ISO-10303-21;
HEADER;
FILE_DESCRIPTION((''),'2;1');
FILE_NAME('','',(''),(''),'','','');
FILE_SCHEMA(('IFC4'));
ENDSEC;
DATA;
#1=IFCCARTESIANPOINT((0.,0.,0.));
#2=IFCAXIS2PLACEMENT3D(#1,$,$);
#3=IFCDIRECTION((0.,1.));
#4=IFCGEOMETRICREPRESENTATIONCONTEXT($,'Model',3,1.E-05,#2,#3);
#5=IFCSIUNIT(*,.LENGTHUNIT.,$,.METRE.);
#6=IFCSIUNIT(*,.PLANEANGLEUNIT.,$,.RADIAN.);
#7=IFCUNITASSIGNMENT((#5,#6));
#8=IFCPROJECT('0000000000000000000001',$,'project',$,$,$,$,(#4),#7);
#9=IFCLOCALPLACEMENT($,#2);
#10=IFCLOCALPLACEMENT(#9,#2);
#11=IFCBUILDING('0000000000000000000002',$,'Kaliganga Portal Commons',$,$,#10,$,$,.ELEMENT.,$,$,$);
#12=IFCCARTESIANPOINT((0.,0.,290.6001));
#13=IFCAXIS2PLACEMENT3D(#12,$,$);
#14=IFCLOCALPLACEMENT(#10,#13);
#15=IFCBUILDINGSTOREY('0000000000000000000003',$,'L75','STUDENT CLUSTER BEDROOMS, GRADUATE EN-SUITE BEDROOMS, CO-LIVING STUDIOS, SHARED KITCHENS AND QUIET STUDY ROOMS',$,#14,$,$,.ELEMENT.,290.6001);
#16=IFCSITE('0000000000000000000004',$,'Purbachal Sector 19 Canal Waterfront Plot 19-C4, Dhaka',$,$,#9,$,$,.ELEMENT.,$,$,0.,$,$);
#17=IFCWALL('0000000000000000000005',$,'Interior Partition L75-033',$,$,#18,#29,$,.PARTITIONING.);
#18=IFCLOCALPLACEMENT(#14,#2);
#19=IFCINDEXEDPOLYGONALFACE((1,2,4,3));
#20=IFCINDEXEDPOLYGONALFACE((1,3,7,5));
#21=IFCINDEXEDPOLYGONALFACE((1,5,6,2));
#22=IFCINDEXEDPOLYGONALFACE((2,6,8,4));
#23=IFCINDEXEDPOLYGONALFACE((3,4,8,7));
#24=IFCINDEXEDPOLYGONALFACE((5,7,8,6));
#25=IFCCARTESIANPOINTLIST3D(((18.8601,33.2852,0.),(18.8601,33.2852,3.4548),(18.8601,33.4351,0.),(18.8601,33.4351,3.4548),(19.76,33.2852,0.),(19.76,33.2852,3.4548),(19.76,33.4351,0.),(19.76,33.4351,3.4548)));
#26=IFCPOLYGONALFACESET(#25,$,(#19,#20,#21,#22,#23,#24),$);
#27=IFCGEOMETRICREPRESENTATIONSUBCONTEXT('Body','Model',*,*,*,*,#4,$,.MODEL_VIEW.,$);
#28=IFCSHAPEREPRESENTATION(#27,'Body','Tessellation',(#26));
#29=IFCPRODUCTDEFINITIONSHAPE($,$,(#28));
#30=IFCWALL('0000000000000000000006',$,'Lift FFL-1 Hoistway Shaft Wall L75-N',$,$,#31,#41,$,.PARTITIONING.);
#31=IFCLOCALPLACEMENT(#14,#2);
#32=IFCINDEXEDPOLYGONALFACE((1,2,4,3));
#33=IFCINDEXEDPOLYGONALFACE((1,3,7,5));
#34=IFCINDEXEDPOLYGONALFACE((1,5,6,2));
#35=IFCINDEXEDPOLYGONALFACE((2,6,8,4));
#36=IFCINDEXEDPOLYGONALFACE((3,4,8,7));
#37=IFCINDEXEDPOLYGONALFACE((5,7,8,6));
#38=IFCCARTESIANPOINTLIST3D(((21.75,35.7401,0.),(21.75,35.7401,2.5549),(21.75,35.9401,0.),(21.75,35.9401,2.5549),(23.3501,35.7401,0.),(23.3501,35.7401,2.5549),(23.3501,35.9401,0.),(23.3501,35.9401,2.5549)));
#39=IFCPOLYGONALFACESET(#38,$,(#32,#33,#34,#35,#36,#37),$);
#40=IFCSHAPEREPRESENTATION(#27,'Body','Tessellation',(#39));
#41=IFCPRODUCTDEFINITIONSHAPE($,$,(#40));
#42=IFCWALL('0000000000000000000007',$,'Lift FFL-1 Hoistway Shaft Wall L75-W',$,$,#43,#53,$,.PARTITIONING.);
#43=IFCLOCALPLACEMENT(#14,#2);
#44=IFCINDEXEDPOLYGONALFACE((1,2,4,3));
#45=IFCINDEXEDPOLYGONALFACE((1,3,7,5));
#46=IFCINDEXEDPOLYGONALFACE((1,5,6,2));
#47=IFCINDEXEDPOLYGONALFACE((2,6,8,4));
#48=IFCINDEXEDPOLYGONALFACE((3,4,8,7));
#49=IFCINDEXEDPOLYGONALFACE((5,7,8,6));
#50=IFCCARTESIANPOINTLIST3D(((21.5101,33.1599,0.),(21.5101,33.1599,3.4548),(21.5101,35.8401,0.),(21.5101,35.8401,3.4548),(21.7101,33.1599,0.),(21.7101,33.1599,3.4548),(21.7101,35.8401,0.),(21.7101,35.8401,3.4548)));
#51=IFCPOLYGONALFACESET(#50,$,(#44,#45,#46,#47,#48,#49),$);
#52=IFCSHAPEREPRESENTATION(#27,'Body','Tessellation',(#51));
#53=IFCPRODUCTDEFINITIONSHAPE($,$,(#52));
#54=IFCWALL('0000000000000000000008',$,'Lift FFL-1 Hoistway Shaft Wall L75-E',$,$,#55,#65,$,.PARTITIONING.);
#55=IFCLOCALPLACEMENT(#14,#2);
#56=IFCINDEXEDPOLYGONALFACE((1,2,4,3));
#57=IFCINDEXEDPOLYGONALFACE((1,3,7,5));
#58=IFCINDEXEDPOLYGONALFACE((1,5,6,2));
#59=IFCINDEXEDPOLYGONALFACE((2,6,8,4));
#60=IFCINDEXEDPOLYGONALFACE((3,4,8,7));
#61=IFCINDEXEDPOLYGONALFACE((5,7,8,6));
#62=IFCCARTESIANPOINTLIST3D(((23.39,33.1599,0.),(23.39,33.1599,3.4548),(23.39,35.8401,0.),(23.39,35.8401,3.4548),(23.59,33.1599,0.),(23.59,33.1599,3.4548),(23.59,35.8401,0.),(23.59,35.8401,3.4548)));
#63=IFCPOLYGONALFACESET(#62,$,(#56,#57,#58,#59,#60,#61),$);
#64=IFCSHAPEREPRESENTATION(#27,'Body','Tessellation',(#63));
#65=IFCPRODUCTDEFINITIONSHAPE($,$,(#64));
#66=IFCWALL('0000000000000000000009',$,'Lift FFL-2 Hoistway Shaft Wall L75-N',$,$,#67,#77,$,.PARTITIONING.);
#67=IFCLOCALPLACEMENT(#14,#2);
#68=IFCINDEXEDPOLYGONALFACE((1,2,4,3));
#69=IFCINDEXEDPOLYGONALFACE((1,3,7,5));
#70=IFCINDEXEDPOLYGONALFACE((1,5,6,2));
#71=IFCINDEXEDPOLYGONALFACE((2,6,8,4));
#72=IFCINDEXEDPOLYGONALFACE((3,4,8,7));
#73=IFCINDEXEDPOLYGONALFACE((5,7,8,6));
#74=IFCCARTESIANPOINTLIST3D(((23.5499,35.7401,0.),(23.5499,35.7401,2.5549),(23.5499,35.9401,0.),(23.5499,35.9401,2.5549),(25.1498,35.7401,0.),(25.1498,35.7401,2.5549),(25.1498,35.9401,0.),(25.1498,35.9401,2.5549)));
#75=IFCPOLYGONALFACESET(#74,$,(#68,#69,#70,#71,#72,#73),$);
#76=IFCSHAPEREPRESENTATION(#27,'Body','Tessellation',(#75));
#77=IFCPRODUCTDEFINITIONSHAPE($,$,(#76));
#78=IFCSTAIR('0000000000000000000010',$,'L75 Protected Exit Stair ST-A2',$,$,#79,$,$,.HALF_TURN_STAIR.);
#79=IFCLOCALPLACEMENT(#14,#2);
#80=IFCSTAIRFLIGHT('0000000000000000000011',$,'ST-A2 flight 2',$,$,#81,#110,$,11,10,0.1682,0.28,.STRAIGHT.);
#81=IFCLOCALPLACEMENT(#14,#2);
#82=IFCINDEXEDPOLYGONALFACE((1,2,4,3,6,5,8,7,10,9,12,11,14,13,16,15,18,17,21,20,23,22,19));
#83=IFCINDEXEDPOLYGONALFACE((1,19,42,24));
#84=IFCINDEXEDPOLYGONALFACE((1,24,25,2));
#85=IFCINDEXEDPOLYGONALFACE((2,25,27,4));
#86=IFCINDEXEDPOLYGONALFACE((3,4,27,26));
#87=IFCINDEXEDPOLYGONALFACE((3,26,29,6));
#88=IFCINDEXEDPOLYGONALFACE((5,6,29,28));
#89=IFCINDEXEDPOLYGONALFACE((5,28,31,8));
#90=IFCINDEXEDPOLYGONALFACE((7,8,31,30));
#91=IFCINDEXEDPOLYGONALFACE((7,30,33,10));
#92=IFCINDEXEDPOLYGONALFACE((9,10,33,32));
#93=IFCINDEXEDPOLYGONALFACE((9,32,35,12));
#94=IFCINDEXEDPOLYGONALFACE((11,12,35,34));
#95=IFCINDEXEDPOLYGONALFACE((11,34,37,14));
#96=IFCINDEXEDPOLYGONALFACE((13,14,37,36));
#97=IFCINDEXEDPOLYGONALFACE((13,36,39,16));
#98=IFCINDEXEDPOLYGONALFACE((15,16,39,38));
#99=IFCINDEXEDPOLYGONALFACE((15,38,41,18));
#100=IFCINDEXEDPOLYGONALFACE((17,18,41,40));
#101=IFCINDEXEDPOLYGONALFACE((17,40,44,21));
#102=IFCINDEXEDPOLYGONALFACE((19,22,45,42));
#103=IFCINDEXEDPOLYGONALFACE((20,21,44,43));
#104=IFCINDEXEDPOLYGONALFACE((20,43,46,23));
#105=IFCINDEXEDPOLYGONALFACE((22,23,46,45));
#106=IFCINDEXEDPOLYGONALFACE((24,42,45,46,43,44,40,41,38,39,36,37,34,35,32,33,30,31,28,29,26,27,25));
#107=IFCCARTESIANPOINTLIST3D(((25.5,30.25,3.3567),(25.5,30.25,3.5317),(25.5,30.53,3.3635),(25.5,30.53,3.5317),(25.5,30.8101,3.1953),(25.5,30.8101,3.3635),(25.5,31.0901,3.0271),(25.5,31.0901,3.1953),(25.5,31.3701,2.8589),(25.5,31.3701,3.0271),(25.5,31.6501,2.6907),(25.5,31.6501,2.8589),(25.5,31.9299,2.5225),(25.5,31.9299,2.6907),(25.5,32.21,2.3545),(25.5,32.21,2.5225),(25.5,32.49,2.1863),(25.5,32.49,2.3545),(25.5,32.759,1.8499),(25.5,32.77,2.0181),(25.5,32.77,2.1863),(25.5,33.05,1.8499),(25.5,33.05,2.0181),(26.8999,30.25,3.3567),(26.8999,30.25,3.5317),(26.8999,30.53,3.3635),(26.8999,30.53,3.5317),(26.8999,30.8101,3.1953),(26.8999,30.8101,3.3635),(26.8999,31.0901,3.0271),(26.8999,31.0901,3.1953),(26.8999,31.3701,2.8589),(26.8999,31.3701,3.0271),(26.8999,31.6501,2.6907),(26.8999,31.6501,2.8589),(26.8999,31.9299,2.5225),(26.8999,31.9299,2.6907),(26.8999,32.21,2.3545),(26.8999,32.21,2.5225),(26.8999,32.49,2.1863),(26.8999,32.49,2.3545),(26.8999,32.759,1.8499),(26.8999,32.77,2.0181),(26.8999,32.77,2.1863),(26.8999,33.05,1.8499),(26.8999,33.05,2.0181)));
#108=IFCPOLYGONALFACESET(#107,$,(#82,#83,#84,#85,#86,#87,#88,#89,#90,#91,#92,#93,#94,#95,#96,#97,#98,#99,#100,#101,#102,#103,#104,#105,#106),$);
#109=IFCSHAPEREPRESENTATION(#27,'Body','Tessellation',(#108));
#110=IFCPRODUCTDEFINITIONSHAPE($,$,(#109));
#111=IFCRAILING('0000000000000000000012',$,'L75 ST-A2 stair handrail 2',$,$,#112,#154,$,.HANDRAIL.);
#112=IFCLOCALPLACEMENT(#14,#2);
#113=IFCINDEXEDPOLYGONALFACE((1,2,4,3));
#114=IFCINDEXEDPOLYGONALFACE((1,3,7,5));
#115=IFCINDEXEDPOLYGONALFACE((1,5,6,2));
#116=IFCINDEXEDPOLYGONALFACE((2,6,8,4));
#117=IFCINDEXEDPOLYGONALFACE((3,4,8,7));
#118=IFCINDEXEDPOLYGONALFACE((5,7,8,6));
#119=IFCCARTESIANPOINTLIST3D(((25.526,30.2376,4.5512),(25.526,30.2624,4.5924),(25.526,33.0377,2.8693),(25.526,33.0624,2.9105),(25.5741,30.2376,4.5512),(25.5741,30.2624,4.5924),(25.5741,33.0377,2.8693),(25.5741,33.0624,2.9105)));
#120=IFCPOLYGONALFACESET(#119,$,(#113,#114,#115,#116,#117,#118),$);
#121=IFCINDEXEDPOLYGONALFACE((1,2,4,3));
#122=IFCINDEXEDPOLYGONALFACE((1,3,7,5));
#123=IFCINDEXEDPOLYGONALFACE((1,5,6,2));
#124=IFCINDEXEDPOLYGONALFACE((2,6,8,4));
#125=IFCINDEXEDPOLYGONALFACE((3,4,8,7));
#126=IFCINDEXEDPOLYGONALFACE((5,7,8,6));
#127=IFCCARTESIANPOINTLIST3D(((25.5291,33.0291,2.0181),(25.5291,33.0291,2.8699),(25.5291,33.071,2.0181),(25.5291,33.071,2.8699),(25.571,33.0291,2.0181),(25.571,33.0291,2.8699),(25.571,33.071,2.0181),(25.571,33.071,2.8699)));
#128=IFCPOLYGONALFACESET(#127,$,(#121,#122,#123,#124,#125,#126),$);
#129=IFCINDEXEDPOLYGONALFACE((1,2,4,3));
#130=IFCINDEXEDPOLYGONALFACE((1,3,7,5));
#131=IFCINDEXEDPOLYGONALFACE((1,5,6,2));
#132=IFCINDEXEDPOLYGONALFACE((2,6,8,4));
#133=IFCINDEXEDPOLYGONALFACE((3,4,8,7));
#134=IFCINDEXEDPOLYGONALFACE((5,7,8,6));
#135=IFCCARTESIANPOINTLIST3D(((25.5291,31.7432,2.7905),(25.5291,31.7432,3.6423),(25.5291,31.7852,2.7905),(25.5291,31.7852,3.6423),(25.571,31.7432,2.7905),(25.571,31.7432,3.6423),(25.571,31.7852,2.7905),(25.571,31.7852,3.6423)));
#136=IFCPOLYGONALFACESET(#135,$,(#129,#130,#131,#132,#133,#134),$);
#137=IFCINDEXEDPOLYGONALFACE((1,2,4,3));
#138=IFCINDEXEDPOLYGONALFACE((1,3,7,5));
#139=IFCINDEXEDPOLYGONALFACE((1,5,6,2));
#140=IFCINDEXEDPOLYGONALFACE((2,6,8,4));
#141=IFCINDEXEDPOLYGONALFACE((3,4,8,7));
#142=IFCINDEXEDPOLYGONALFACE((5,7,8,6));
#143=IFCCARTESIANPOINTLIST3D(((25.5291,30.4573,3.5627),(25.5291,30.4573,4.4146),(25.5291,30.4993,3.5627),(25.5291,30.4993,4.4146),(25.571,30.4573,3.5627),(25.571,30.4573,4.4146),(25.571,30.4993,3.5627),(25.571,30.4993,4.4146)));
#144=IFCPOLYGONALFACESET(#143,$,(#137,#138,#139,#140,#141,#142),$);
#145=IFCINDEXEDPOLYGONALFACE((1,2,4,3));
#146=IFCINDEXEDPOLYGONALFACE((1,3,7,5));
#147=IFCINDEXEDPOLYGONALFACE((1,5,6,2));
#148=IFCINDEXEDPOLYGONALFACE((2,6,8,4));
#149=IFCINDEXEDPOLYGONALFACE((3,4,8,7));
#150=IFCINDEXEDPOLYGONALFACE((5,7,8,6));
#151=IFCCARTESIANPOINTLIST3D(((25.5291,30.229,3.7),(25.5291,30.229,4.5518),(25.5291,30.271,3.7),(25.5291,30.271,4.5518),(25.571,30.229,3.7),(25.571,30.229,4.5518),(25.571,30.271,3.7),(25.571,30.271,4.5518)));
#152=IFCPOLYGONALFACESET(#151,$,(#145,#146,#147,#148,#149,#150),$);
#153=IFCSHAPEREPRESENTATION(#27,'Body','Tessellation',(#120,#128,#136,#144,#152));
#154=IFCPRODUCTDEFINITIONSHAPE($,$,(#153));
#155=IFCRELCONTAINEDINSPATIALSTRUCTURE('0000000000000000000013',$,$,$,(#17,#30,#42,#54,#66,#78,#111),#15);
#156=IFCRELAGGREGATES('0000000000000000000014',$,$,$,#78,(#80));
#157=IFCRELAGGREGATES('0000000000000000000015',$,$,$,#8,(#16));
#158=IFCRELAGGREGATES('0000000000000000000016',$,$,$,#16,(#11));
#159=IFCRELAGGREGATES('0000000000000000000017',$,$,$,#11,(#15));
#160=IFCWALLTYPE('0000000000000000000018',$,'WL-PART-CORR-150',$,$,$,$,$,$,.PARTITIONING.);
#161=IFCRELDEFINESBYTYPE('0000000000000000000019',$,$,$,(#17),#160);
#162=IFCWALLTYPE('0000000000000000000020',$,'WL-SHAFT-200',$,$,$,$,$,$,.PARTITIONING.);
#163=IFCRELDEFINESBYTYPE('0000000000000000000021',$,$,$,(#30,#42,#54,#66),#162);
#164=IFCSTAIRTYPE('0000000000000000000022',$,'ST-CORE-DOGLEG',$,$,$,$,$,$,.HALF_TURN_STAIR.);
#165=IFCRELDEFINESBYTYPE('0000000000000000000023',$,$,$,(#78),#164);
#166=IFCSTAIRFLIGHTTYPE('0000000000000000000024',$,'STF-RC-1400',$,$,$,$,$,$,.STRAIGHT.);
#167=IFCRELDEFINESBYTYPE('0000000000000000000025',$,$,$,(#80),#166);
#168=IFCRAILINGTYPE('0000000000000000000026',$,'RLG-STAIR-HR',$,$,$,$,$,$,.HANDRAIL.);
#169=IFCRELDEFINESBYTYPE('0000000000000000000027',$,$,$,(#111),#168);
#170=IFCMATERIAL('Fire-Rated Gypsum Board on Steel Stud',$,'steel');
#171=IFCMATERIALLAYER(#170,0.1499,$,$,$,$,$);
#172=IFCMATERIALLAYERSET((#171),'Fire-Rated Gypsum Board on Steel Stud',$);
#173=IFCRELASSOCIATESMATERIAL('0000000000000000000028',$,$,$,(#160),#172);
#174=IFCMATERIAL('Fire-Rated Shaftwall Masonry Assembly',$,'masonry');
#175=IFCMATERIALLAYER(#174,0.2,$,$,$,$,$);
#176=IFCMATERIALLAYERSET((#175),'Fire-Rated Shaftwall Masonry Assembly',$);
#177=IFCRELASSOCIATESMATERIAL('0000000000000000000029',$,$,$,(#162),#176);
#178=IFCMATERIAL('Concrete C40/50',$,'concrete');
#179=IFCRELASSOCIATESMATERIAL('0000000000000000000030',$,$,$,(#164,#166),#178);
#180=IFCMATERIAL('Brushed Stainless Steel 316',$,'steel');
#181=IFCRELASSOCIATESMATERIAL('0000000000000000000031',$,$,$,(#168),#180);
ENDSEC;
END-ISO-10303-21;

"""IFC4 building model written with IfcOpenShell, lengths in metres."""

from ifc_helpers import new_model, si_unit, direction, frame, frame_2d, origin, origin_2d, place, context, subcontext, project, spatial, polyline, rectangle, outline, extrude, material, layer, layer_set, type_object, element, aggregate, save


model = new_model("IFC4")

# Units and contexts
model_context = context("Model", 3, precision=1e-05, world=origin(), true_north=direction((0.0, 1.0)))
body_context = subcontext(model_context, "Body", "Model", "MODEL_VIEW")
ifc_project = project(units=[si_unit("LENGTHUNIT", "METRE"), si_unit("PLANEANGLEUNIT", "RADIAN")], contexts=[model_context])

# Site, building, storey
site_placement = place(None, origin())
site = spatial("IfcSite", under=ifc_project, at=site_placement, Name="Purbachal Sector 19 Canal Waterfront Plot 19-C4, Dhaka", CompositionType="ELEMENT", RefElevation=0.0)
building_placement = place(site_placement, origin())
building = spatial("IfcBuilding", under=site, at=building_placement, Name="Kaliganga Portal Commons", CompositionType="ELEMENT")
storey_placement = place(building_placement, frame((0.0, 0.0, 290.6001)))
storey = spatial("IfcBuildingStorey", under=building, at=storey_placement, Name="L75", Description="STUDENT CLUSTER BEDROOMS, GRADUATE EN-SUITE BEDROOMS, CO-LIVING STUDIOS, SHARED KITCHENS AND QUIET STUDY ROOMS", CompositionType="ELEMENT", Elevation=290.6001)

# Wall
ifc_material_1 = material(Name="Fire-Rated Gypsum Board on Steel Stud", Category="steel")
ifc_layer_1 = layer(ifc_material_1, 0.1499)
ifc_layer_set_1 = layer_set([ifc_layer_1], Name="Fire-Rated Gypsum Board on Steel Stud")
wall_type_1 = type_object("IfcWallType", Name="WL-PART-CORR-150", PredefinedType="PARTITIONING", material=ifc_layer_set_1)
wall_1_placement = place(storey_placement, frame((18.8601, 33.3601, 0.0), z_axis=(0.0, 0.0, 1.0), x_axis=(1.0, 0.0, 0.0)))
element("IfcWall", 1, at=wall_1_placement, inside=storey, type_object=wall_type_1, Name="Interior Partition L75-033", PredefinedType="PARTITIONING", context=body_context, shape_type="SweptSolid", body=[
    extrude(rectangle(XDim=0.8999, YDim=0.1499, at=frame_2d((0.45, 0.0))), origin(), (0.0, 0.0, 1.0), 3.4548),
])

# Shared definitions
ifc_material_2 = material(Name="Fire-Rated Shaftwall Masonry Assembly", Category="masonry")
ifc_layer_2 = layer(ifc_material_2, 0.2)
ifc_layer_set_2 = layer_set([ifc_layer_2], Name="Fire-Rated Shaftwall Masonry Assembly")
wall_type_2 = type_object("IfcWallType", Name="WL-SHAFT-200", PredefinedType="PARTITIONING", material=ifc_layer_set_2)

# Walls
wall_2_placement = place(storey_placement, frame((21.75, 35.8401, 0.0), z_axis=(0.0, 0.0, 1.0), x_axis=(1.0, 0.0, 0.0)))
element("IfcWall", 2, at=wall_2_placement, inside=storey, type_object=wall_type_2, Name="Lift FFL-1 Hoistway Shaft Wall L75-N", PredefinedType="PARTITIONING", context=body_context, shape_type="SweptSolid", body=[
    extrude(rectangle(XDim=1.6001, YDim=0.2, at=frame_2d((0.8, 0.0))), origin(), (0.0, 0.0, 1.0), 2.5549),
])
for number, where, z_axis, x_axis, name in (
    (3, (21.6101, 33.1599, 0.0), (0.0, 0.0, 1.0), (0.0, 1.0, 0.0), "Lift FFL-1 Hoistway Shaft Wall L75-W"),
    (4, (23.49, 33.1599, 0.0), (0.0, 0.0, 1.0), (0.0, 1.0, 0.0), "Lift FFL-1 Hoistway Shaft Wall L75-E"),
):
    element("IfcWall", number, at=place(storey_placement, frame(where, z_axis=z_axis, x_axis=x_axis)), inside=storey, type_object=wall_type_2, Name=name, PredefinedType="PARTITIONING", context=body_context, shape_type="SweptSolid", body=[
        extrude(rectangle(XDim=2.6802, YDim=0.2, at=frame_2d((1.3401, 0.0))), origin(), (0.0, 0.0, 1.0), 3.4548),
    ])

# Wall
wall_3_placement = place(storey_placement, frame((23.55, 35.8401, 0.0), z_axis=(0.0, 0.0, 1.0), x_axis=(1.0, 0.0, 0.0)))
element("IfcWall", 5, at=wall_3_placement, inside=storey, type_object=wall_type_2, Name="Lift FFL-2 Hoistway Shaft Wall L75-N", PredefinedType="PARTITIONING", context=body_context, shape_type="SweptSolid", body=[
    extrude(rectangle(XDim=1.5999, YDim=0.2, at=frame_2d((0.7998, 0.0))), origin(), (0.0, 0.0, 1.0), 2.5549),
])

# Stair, stair flight
ifc_material_3 = material(Name="Concrete C40/50", Category="concrete")
stair_type = type_object("IfcStairType", Name="ST-CORE-DOGLEG", PredefinedType="HALF_TURN_STAIR", material=ifc_material_3)
stair_placement = place(storey_placement, origin())
stair = element("IfcStair", 6, at=stair_placement, inside=storey, type_object=stair_type, Name="L75 Protected Exit Stair ST-A2", PredefinedType="HALF_TURN_STAIR")
stair_flight_type = type_object("IfcStairFlightType", Name="STF-RC-1400", PredefinedType="STRAIGHT", material=ifc_material_3)
stair_flight_placement = place(storey_placement, frame((26.2, 33.05, 1.8499), z_axis=(0.0, 0.0, 1.0), x_axis=(0.0, -1.0, 0.0)))
stair_flight = element("IfcStairFlight", 7, at=stair_flight_placement, type_object=stair_flight_type, Name="ST-A2 flight 2", NumberOfRisers=11, NumberOfTreads=10, PredefinedType="STRAIGHT", RiserHeight=0.1682, TreadLength=0.28, context=body_context, shape_type="SweptSolid", body=[
    extrude(outline(polyline([(0.0, 0.0), (0.0, 0.1682), (0.28, 0.1682), (0.28, 0.3364), (0.5601, 0.3364), (0.5601, 0.5046), (0.8401, 0.5046), (0.8401, 0.6726), (1.1201, 0.6726), (1.1201, 0.8408), (1.3999, 0.8408), (1.3999, 1.009), (1.6799, 1.009), (1.6799, 1.1772), (1.96, 1.1772), (1.96, 1.3455), (2.24, 1.3455), (2.24, 1.5137), (2.52, 1.5137), (2.52, 1.6819), (2.8, 1.6819), (2.8, 1.8501), (2.8, 1.5068), (0.291, 0.0), (0.0, 0.0)])), frame((0.0, 0.7, 0.0), z_axis=(0.0, -1.0, 0.0), x_axis=(1.0, 0.0, 0.0)), (0.0, 0.0, 1.0), 1.3999),
])
aggregate(stair, [stair_flight])

# Railing
ifc_material_4 = material(Name="Brushed Stainless Steel 316", Category="steel")
railing_type = type_object("IfcRailingType", Name="RLG-STAIR-HR", PredefinedType="HANDRAIL", material=ifc_material_4)
railing_placement = place(storey_placement, frame((25.55, 33.05, 2.0181)))
element("IfcRailing", 8, at=railing_placement, inside=storey, type_object=railing_type, Name="L75 ST-A2 stair handrail 2", PredefinedType="HANDRAIL", context=body_context, shape_type="SweptSolid", body=[
    extrude(rectangle(XDim=0.0481, YDim=0.0481, at=origin_2d()), frame((0.0, 0.0, 0.8718), z_axis=(0.0, -0.857242, 0.514913), x_axis=(1.0, 0.0, 0.0)), (0.0, 0.0, 1.0), 3.2664),
    extrude(rectangle(XDim=0.042, YDim=0.042, at=origin_2d()), origin(), (0.0, 0.0, 1.0), 0.8518),
    extrude(rectangle(XDim=0.042, YDim=0.042, at=origin_2d()), frame((0.0, -1.2859, 0.7725)), (0.0, 0.0, 1.0), 0.8518),
    extrude(rectangle(XDim=0.042, YDim=0.042, at=origin_2d()), frame((0.0, -2.5718, 1.5447)), (0.0, 0.0, 1.0), 0.8518),
    extrude(rectangle(XDim=0.042, YDim=0.042, at=origin_2d()), frame((0.0, -2.8, 1.6819)), (0.0, 0.0, 1.0), 0.8518),
])

save(model, "model.ifc")
